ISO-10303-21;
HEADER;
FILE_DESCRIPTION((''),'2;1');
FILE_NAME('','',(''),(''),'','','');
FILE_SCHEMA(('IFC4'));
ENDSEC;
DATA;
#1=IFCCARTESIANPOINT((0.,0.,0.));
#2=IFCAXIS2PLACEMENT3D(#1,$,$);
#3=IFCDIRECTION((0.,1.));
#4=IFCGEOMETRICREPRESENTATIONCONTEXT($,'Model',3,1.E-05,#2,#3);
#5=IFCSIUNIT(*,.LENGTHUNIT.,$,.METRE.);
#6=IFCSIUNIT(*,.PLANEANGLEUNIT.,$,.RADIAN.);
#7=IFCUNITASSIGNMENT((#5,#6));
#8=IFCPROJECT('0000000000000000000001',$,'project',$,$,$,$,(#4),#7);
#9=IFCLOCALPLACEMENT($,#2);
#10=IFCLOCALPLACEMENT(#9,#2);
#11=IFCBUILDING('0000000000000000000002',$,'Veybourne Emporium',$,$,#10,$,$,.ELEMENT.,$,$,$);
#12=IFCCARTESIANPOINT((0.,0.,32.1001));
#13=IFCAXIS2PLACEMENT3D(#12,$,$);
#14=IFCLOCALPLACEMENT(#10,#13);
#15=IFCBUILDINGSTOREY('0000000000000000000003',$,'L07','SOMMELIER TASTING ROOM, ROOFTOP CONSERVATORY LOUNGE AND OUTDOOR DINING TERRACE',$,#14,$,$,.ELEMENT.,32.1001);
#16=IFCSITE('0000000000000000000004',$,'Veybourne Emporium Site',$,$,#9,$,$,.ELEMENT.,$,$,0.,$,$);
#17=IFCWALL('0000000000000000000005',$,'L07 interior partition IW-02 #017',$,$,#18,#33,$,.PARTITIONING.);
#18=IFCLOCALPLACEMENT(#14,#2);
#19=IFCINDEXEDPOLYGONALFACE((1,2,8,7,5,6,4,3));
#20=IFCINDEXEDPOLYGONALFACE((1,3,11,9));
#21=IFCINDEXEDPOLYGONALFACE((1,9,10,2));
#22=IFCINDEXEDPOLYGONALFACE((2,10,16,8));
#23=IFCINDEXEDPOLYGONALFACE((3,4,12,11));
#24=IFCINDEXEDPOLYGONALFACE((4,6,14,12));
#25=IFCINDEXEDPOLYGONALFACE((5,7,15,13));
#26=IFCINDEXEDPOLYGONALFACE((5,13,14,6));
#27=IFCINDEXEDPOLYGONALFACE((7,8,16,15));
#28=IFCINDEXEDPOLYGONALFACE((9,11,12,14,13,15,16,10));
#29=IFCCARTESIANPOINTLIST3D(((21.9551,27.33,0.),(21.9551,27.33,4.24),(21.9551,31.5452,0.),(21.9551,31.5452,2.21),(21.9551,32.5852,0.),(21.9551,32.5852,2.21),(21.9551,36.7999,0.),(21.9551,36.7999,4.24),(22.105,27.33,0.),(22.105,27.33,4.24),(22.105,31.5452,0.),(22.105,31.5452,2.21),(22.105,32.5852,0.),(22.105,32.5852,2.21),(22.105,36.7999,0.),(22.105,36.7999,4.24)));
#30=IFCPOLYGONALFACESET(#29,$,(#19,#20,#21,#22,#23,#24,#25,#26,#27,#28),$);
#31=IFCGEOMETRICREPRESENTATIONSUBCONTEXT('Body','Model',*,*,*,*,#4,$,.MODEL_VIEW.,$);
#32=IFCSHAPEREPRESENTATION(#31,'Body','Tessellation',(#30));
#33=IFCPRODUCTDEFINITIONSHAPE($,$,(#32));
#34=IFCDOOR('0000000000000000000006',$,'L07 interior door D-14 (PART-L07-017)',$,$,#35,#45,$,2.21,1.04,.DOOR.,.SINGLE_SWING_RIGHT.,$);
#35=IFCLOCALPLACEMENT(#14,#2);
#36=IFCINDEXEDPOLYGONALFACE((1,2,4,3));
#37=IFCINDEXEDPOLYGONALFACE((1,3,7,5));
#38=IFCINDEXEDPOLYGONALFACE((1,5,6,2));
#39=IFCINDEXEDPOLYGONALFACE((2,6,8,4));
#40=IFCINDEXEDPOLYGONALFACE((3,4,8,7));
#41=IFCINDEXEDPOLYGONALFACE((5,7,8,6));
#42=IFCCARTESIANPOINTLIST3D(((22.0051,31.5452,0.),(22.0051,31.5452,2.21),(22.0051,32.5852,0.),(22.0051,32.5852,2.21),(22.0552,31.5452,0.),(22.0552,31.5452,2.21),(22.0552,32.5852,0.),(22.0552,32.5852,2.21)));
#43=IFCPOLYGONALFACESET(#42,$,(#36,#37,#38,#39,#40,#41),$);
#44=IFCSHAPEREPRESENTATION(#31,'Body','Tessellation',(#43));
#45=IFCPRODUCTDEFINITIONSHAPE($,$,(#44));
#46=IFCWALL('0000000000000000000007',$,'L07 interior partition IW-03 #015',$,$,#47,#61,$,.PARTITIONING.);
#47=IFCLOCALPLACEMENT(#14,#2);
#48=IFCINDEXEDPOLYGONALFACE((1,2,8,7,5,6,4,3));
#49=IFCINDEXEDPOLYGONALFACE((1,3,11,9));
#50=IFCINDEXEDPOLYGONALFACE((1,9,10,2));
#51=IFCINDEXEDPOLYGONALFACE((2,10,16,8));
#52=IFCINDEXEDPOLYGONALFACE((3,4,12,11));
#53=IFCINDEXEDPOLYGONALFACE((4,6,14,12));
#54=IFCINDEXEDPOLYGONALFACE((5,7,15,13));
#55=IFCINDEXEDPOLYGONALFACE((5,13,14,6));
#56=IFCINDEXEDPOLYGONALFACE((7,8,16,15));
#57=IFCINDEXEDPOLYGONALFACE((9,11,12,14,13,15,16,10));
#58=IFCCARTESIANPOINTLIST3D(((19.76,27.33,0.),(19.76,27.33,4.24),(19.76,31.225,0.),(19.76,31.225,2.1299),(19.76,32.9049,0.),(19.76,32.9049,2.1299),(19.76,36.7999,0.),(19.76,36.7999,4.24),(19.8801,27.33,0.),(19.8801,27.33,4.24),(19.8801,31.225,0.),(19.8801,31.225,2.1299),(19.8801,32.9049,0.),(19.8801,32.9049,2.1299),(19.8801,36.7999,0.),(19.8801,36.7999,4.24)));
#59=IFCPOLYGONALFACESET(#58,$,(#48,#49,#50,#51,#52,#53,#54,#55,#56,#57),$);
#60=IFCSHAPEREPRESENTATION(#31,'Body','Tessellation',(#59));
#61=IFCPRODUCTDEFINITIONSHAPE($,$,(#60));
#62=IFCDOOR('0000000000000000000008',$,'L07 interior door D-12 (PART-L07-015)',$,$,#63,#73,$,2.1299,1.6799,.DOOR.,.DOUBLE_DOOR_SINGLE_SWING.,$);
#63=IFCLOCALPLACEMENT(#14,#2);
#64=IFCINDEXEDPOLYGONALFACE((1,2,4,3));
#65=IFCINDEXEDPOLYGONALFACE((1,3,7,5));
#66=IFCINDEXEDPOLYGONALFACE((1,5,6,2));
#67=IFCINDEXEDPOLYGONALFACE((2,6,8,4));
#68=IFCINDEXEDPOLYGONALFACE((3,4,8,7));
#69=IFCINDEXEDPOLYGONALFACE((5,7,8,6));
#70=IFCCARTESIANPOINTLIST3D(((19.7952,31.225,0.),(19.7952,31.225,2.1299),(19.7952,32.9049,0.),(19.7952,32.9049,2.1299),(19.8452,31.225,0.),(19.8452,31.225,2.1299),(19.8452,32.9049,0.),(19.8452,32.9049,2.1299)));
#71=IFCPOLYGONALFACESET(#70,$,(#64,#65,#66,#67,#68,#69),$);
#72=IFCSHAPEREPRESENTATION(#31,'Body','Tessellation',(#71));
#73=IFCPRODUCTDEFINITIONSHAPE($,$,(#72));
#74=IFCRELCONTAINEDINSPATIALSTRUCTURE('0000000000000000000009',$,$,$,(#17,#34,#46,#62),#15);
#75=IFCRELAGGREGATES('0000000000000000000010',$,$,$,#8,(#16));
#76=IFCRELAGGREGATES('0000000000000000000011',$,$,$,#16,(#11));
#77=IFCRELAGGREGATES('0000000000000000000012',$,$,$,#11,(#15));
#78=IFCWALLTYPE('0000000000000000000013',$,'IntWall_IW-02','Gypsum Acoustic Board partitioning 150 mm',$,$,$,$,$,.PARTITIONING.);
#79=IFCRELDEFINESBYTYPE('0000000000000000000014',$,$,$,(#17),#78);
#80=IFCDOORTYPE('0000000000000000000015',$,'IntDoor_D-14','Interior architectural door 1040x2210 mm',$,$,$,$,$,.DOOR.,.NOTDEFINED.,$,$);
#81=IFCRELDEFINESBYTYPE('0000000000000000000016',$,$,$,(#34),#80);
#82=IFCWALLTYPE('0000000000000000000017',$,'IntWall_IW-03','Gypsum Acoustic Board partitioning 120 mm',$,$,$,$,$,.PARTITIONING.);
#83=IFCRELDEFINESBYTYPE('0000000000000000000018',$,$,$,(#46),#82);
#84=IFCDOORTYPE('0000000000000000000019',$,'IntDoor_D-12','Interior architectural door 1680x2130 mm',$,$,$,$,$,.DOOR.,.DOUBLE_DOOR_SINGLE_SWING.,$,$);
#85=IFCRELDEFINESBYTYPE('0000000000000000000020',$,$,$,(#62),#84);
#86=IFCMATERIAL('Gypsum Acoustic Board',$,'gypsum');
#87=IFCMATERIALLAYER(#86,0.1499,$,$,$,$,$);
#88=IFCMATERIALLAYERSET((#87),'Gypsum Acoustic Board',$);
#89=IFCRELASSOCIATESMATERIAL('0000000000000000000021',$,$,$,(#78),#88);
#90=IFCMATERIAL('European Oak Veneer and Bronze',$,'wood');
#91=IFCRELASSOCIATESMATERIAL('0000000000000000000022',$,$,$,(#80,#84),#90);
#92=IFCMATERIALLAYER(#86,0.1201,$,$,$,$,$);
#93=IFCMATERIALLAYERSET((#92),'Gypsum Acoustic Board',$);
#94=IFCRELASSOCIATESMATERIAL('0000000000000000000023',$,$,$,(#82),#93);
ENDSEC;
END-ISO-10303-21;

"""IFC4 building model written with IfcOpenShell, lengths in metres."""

from ifc_helpers import new_model, si_unit, direction, frame, frame_2d, origin, place, context, subcontext, project, spatial, rectangle, extrude, material, layer, layer_set, type_object, element, fill, save


model = new_model("IFC4")

# Units and contexts
model_context = context("Model", 3, precision=1e-05, world=origin(), true_north=direction((0.0, 1.0)))
body_context = subcontext(model_context, "Body", "Model", "MODEL_VIEW")
ifc_project = project(units=[si_unit("LENGTHUNIT", "METRE"), si_unit("PLANEANGLEUNIT", "RADIAN")], contexts=[model_context])

# Site, building, storey
site_placement = place(None, origin())
site = spatial("IfcSite", under=ifc_project, at=site_placement, Name="Veybourne Emporium Site", CompositionType="ELEMENT", RefElevation=0.0)
building_placement = place(site_placement, origin())
building = spatial("IfcBuilding", under=site, at=building_placement, Name="Veybourne Emporium", CompositionType="ELEMENT")
storey_placement = place(building_placement, frame((0.0, 0.0, 32.1001)))
storey = spatial("IfcBuildingStorey", under=building, at=storey_placement, Name="L07", Description="SOMMELIER TASTING ROOM, ROOFTOP CONSERVATORY LOUNGE AND OUTDOOR DINING TERRACE", CompositionType="ELEMENT", Elevation=32.1001)

# Walls, openings, doors
ifc_material_1 = material(Name="Gypsum Acoustic Board", Category="gypsum")
ifc_layer_1 = layer(ifc_material_1, 0.1499)
ifc_layer_set_1 = layer_set([ifc_layer_1], Name="Gypsum Acoustic Board")
wall_type_1 = type_object("IfcWallType", Name="IntWall_IW-02", Description="Gypsum Acoustic Board partitioning 150 mm", PredefinedType="PARTITIONING", material=ifc_layer_set_1)
ifc_material_2 = material(Name="European Oak Veneer and Bronze", Category="wood")
wall_1_placement = place(storey_placement, frame((22.03, 27.3301, 0.0), z_axis=(0.0, 0.0, 1.0), x_axis=(0.0, 1.0, 0.0)))
wall_1 = element("IfcWall", 1, at=wall_1_placement, inside=storey, type_object=wall_type_1, Name="L07 interior partition IW-02 #017", PredefinedType="PARTITIONING", context=body_context, shape_type="SweptSolid", body=[
    extrude(rectangle(XDim=9.47, YDim=0.1499, at=frame_2d((4.7349, 0.0))), origin(), (0.0, 0.0, 1.0), 4.24),
])
opening_1_placement = place(wall_1_placement, frame((4.2151, 0.0, 0.0)))
opening_1 = element("IfcOpeningElement", 2, at=opening_1_placement, cuts=wall_1, PredefinedType="OPENING", context=body_context, shape_type="SweptSolid", body=[
    extrude(rectangle(XDim=1.04, YDim=2.21, at=frame_2d((0.52, 1.105))), frame((0.0, 0.095, 0.0), z_axis=(0.0, -1.0, 0.0), x_axis=(1.0, 0.0, 0.0)), (0.0, 0.0, 1.0), 0.1899),
])
door_type_1 = type_object("IfcDoorType", Name="IntDoor_D-14", Description="Interior architectural door 1040x2210 mm", OperationType="NOTDEFINED", PredefinedType="DOOR", material=ifc_material_2)
door_1_placement = place(opening_1_placement, origin())
door_1 = element("IfcDoor", 3, at=door_1_placement, inside=storey, type_object=door_type_1, Name="L07 interior door D-14 (PART-L07-017)", OperationType="SINGLE_SWING_RIGHT", OverallHeight=2.21, OverallWidth=1.04, PredefinedType="DOOR", context=body_context, shape_type="SweptSolid", body=[
    extrude(rectangle(XDim=1.04, YDim=2.21, at=frame_2d((0.52, 1.105))), frame((0.0, 0.0249, 0.0), z_axis=(0.0, -1.0, 0.0), x_axis=(1.0, 0.0, 0.0)), (0.0, 0.0, 1.0), 0.05),
])
fill(opening_1, door_1)
ifc_layer_2 = layer(ifc_material_1, 0.1201)
ifc_layer_set_2 = layer_set([ifc_layer_2], Name="Gypsum Acoustic Board")
wall_type_2 = type_object("IfcWallType", Name="IntWall_IW-03", Description="Gypsum Acoustic Board partitioning 120 mm", PredefinedType="PARTITIONING", material=ifc_layer_set_2)
wall_2_placement = place(storey_placement, frame((19.8201, 27.3301, 0.0), z_axis=(0.0, 0.0, 1.0), x_axis=(0.0, 1.0, 0.0)))
wall_2 = element("IfcWall", 4, at=wall_2_placement, inside=storey, type_object=wall_type_2, Name="L07 interior partition IW-03 #015", PredefinedType="PARTITIONING", context=body_context, shape_type="SweptSolid", body=[
    extrude(rectangle(XDim=9.47, YDim=0.1201, at=frame_2d((4.7349, 0.0))), origin(), (0.0, 0.0, 1.0), 4.24),
])
opening_2_placement = place(wall_2_placement, frame((3.895, 0.0, 0.0)))
opening_2 = element("IfcOpeningElement", 5, at=opening_2_placement, cuts=wall_2, PredefinedType="OPENING", context=body_context, shape_type="SweptSolid", body=[
    extrude(rectangle(XDim=1.6799, YDim=2.1299, at=frame_2d((0.8398, 1.0649))), frame((0.0, 0.0801, 0.0), z_axis=(0.0, -1.0, 0.0), x_axis=(1.0, 0.0, 0.0)), (0.0, 0.0, 1.0), 0.1602),
])
door_type_2 = type_object("IfcDoorType", Name="IntDoor_D-12", Description="Interior architectural door 1680x2130 mm", OperationType="DOUBLE_DOOR_SINGLE_SWING", PredefinedType="DOOR", material=ifc_material_2)
door_2_placement = place(opening_2_placement, origin())
door_2 = element("IfcDoor", 6, at=door_2_placement, inside=storey, type_object=door_type_2, Name="L07 interior door D-12 (PART-L07-015)", OperationType="DOUBLE_DOOR_SINGLE_SWING", OverallHeight=2.1299, OverallWidth=1.6799, PredefinedType="DOOR", context=body_context, shape_type="SweptSolid", body=[
    extrude(rectangle(XDim=1.6799, YDim=2.1299, at=frame_2d((0.8398, 1.0649))), frame((0.0, 0.0249, 0.0), z_axis=(0.0, -1.0, 0.0), x_axis=(1.0, 0.0, 0.0)), (0.0, 0.0, 1.0), 0.05),
])
fill(opening_2, door_2)

save(model, "model.ifc")
